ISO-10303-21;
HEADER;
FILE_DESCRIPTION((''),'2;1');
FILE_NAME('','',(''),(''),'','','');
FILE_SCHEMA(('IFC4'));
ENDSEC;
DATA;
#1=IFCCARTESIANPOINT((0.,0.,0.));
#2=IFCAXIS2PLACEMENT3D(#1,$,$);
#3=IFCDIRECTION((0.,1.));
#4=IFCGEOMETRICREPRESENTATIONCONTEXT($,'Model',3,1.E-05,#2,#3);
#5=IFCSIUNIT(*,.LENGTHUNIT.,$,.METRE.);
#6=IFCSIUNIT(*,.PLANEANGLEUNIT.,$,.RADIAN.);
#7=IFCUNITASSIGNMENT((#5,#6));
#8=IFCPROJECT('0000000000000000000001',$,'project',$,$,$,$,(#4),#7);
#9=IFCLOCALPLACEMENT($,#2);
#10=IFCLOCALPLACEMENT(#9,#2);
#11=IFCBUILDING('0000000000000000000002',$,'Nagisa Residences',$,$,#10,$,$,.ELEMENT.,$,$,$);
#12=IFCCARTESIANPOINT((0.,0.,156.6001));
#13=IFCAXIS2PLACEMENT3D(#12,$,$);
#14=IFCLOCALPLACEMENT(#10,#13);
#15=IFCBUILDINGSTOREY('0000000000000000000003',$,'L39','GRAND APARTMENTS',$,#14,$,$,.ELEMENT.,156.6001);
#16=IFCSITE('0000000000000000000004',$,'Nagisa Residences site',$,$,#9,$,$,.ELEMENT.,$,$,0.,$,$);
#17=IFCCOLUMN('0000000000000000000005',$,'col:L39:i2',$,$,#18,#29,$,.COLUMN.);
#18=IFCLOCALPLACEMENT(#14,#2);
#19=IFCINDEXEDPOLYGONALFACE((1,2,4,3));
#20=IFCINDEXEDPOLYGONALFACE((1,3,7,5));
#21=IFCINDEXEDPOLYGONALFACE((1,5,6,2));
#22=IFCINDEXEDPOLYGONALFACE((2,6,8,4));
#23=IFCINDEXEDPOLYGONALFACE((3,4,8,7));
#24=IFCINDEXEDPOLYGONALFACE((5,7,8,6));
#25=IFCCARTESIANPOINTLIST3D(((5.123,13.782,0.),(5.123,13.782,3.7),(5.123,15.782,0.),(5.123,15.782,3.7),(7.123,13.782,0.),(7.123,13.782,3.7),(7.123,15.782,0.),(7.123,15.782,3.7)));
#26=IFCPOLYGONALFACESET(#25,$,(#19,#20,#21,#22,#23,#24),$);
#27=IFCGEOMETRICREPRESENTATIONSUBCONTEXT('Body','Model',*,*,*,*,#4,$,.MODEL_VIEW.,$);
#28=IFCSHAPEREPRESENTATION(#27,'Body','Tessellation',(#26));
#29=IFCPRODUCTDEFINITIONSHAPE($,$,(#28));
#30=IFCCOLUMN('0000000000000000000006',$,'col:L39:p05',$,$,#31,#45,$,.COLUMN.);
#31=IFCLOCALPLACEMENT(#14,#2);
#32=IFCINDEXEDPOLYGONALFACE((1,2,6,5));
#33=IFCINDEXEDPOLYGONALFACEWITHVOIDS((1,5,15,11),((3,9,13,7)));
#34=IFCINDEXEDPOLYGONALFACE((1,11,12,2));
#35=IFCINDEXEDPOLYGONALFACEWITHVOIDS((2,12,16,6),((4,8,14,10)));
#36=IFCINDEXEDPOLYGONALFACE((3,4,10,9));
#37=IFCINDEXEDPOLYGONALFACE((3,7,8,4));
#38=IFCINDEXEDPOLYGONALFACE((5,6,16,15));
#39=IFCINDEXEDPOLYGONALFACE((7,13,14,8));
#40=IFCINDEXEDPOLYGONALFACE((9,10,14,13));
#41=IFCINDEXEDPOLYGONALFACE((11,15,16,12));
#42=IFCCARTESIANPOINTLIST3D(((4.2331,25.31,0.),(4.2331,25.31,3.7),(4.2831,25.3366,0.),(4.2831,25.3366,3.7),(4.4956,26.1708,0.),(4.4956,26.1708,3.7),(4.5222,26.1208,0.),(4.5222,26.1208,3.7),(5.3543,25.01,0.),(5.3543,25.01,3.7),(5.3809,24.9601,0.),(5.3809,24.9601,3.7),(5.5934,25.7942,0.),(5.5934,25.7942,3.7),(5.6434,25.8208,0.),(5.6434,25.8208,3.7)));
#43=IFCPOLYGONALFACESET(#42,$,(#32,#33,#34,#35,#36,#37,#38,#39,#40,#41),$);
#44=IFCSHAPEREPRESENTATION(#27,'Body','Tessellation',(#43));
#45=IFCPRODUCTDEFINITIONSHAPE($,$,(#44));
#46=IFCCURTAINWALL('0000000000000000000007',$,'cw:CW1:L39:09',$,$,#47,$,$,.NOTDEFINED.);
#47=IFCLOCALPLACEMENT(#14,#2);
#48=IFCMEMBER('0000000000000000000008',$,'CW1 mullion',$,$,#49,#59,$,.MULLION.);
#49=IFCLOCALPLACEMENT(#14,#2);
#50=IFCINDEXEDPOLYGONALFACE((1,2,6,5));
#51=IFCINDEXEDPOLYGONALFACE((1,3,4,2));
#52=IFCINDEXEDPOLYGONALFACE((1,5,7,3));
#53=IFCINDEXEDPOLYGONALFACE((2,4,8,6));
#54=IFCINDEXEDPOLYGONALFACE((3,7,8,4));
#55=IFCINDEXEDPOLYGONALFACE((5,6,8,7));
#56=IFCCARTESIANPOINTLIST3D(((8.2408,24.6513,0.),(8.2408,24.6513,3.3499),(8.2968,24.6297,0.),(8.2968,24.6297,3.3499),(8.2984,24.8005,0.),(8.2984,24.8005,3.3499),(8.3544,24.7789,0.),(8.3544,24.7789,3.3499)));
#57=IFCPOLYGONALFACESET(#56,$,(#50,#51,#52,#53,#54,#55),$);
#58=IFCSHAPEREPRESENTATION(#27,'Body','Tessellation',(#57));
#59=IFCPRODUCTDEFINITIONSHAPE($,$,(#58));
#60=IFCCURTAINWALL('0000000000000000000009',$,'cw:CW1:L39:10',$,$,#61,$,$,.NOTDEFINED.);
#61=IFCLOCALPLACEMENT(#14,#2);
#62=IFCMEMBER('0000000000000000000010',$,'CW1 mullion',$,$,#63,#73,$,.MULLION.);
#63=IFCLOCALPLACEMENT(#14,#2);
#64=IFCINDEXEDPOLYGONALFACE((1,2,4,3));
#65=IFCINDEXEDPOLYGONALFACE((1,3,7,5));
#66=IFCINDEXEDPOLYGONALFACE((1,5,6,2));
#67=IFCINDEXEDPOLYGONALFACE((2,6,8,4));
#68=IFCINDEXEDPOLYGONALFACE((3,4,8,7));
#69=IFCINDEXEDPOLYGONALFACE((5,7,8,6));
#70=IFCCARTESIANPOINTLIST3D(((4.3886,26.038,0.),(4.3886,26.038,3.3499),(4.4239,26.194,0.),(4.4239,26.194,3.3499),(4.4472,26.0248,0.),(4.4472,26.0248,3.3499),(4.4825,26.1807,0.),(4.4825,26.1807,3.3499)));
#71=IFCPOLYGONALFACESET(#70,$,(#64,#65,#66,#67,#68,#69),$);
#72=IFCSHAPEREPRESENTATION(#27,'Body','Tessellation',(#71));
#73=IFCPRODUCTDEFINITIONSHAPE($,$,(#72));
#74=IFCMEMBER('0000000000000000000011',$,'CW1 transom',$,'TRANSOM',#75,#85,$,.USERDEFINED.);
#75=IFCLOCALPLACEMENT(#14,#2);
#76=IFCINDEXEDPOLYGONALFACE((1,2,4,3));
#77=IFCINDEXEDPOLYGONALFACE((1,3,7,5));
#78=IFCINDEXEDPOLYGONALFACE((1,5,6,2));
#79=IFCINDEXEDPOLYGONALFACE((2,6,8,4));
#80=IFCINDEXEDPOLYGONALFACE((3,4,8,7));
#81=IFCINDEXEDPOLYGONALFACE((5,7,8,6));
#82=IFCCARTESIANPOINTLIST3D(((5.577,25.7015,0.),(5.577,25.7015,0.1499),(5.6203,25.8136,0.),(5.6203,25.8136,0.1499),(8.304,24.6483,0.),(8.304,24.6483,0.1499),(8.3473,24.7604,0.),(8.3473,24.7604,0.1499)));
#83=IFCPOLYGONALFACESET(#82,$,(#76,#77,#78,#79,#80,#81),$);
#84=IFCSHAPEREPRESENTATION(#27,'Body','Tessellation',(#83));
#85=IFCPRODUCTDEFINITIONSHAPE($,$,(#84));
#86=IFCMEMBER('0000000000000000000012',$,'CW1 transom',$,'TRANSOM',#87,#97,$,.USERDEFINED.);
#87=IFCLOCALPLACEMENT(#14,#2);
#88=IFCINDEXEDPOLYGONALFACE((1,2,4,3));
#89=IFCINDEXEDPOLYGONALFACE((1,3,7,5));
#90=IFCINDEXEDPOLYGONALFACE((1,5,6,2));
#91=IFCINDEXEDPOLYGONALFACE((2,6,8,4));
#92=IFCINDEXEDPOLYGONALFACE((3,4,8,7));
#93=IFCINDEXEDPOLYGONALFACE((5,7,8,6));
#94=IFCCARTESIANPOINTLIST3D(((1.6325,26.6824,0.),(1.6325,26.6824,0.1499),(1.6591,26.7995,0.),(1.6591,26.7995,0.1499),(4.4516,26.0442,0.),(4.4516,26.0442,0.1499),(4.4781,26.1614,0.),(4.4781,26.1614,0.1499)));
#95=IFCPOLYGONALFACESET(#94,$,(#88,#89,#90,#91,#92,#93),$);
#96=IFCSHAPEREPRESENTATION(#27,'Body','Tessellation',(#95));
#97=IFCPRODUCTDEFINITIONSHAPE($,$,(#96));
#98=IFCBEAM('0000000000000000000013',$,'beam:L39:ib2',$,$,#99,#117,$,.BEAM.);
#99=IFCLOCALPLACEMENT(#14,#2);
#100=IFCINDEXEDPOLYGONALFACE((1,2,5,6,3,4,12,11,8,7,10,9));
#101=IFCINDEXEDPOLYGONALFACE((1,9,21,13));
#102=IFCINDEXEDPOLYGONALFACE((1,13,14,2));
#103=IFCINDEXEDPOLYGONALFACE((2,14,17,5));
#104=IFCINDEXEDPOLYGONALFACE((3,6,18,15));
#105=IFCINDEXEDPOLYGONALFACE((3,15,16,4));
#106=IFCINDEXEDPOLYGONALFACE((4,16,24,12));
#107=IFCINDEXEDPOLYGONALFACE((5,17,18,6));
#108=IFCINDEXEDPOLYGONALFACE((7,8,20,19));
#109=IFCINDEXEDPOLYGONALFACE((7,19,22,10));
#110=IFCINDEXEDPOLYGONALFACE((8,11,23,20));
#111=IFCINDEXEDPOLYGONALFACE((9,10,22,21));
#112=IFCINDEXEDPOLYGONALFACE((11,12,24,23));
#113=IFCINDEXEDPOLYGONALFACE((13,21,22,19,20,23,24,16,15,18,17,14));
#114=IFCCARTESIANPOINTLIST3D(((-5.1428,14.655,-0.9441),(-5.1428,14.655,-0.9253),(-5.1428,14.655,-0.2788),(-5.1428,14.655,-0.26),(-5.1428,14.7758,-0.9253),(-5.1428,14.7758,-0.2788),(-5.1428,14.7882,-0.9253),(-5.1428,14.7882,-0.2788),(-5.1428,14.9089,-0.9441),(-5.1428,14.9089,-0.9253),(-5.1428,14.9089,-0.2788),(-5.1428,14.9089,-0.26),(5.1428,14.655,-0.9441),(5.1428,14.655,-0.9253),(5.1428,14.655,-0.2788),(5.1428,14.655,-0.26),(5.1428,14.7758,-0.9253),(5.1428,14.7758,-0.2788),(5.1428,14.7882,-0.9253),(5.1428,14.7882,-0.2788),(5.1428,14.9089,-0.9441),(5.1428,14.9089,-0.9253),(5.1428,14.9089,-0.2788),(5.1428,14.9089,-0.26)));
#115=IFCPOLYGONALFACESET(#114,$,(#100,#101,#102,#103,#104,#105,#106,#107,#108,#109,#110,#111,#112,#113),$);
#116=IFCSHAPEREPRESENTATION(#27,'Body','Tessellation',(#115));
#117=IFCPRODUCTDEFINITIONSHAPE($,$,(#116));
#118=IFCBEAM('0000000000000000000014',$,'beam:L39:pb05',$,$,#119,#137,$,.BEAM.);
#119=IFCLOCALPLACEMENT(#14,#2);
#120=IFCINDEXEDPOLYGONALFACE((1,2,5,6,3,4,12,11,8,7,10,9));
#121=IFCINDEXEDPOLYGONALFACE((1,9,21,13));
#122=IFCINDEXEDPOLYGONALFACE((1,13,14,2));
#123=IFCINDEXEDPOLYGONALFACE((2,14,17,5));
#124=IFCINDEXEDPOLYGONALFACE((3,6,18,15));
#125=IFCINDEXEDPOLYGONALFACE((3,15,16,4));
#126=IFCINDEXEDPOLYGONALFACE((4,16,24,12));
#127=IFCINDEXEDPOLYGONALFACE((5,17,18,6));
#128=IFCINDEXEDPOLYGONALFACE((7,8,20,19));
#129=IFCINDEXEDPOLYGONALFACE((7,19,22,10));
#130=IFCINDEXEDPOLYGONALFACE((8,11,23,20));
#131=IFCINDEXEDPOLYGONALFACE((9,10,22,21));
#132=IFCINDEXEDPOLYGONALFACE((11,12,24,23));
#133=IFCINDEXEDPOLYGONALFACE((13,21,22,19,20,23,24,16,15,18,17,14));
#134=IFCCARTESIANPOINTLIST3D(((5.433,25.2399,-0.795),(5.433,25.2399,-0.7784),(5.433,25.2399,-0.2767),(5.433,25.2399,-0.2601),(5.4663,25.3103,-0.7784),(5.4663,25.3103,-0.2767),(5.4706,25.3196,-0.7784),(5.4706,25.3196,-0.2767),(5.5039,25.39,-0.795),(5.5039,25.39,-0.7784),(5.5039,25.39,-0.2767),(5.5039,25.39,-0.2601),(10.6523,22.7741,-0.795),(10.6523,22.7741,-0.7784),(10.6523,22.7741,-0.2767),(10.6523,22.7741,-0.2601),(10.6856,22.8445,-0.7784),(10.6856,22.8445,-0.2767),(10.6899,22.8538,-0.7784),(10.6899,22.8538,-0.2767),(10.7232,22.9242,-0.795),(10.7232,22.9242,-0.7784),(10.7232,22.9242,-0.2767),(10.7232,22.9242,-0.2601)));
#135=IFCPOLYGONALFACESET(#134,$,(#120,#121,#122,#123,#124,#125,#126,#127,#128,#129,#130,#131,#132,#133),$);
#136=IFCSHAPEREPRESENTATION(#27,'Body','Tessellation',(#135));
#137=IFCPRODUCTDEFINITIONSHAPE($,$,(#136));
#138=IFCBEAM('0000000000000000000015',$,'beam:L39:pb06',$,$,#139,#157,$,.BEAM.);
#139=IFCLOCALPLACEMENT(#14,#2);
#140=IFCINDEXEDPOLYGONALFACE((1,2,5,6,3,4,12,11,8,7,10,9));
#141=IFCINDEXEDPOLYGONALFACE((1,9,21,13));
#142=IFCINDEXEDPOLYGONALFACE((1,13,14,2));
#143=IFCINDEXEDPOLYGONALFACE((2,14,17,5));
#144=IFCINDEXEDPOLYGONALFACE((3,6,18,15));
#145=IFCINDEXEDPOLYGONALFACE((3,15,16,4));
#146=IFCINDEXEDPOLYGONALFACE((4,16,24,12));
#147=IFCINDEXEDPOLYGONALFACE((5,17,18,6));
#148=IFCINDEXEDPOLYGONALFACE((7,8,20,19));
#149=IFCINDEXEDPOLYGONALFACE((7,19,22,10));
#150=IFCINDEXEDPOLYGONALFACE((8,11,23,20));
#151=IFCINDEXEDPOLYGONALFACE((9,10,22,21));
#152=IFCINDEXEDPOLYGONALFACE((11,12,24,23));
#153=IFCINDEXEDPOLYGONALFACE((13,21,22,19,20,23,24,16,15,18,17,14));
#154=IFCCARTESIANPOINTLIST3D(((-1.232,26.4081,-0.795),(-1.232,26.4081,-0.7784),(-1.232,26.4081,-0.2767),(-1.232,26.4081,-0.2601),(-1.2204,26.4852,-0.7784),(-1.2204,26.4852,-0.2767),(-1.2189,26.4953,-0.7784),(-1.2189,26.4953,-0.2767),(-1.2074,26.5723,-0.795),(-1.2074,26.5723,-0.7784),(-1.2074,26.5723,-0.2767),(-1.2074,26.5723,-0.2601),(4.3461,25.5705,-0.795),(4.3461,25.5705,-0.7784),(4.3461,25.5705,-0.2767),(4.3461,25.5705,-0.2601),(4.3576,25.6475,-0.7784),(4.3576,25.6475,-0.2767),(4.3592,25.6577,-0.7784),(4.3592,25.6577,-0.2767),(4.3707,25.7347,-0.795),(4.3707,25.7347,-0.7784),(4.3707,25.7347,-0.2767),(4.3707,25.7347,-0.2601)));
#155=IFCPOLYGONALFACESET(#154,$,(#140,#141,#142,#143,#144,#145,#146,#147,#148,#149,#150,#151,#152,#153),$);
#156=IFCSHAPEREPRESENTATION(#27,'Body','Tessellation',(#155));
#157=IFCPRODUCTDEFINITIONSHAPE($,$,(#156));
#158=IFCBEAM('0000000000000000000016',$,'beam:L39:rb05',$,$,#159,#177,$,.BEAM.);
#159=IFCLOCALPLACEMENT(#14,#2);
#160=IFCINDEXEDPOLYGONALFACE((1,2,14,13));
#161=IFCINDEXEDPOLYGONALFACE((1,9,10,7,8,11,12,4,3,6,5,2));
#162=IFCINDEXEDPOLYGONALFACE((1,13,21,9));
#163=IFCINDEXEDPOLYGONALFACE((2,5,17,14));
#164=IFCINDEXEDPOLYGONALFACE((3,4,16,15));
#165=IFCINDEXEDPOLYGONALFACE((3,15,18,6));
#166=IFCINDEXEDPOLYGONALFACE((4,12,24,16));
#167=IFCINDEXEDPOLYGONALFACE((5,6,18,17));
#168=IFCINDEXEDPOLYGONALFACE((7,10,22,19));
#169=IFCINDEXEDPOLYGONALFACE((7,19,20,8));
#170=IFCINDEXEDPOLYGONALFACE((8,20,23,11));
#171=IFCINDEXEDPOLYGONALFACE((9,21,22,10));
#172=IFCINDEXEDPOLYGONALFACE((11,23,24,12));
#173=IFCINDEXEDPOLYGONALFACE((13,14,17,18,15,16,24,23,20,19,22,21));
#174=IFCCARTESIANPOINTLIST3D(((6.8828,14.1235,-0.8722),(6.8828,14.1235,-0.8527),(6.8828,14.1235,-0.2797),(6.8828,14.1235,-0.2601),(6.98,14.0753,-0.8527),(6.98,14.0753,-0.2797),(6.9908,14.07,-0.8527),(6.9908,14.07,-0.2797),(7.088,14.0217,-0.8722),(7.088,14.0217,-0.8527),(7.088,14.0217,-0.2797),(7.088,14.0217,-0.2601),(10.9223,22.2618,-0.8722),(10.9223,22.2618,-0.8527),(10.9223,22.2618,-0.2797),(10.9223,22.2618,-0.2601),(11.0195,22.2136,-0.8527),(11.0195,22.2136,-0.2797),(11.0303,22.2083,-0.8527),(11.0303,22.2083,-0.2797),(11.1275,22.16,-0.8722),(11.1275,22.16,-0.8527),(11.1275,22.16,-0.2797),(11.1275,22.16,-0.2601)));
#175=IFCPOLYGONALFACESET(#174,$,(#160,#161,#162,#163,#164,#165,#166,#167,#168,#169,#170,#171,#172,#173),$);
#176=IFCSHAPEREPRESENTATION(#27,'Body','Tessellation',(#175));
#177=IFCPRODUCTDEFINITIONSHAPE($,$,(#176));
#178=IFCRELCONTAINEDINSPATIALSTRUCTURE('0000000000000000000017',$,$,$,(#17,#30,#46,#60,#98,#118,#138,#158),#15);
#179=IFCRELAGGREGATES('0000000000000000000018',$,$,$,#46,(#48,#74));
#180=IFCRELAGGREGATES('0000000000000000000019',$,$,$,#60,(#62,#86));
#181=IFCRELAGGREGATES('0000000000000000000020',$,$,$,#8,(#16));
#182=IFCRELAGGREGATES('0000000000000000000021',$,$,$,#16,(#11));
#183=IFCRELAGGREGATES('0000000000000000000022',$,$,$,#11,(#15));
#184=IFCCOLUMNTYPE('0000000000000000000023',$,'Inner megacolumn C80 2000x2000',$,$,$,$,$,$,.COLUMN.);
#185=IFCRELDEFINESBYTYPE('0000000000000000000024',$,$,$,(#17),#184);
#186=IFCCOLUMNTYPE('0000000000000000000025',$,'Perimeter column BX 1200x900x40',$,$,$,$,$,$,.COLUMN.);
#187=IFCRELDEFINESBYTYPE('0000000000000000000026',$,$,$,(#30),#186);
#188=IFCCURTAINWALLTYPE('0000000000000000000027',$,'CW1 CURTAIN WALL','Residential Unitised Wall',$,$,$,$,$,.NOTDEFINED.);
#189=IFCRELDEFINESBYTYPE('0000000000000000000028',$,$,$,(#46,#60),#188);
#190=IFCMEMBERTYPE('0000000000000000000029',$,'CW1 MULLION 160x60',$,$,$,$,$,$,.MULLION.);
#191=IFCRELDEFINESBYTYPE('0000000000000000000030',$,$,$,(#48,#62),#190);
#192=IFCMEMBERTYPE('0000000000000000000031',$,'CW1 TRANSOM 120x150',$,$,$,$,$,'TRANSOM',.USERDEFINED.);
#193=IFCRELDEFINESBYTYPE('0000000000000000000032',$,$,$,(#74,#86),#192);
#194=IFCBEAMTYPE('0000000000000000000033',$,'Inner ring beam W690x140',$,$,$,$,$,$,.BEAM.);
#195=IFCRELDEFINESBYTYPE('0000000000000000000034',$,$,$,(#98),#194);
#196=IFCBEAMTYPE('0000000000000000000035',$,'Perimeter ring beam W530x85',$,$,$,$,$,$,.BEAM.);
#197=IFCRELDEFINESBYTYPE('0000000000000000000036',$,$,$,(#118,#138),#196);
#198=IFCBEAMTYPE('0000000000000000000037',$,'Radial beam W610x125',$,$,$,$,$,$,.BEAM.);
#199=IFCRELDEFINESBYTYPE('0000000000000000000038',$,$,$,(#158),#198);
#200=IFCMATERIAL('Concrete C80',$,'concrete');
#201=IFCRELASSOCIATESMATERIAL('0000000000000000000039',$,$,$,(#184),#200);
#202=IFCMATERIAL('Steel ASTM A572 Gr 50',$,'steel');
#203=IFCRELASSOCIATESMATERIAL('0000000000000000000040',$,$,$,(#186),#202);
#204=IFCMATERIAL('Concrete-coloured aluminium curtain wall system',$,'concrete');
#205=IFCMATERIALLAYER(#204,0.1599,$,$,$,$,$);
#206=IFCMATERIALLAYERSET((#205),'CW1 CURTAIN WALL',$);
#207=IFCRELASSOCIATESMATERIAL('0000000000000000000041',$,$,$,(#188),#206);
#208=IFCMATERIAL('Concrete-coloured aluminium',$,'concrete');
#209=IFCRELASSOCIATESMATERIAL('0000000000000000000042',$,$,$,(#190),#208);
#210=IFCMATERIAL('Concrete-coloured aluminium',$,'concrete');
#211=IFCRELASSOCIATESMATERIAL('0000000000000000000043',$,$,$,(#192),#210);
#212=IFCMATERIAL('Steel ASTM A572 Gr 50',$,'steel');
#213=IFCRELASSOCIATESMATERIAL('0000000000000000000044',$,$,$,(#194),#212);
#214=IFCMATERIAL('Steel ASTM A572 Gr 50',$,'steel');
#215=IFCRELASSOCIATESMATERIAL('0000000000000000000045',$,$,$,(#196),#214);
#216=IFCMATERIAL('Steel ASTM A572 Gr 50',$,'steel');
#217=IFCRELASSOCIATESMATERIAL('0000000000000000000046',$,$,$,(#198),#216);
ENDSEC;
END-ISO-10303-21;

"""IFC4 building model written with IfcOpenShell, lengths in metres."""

from ifc_helpers import new_model, si_unit, direction, frame, origin, origin_2d, place, context, subcontext, project, spatial, rectangle, hollow_rectangle, i_section, extrude, material, layer, layer_set, material_profile, profile_set, type_object, element, aggregate, save


model = new_model("IFC4")

# Units and contexts
model_context = context("Model", 3, precision=1e-05, world=origin(), true_north=direction((0.0, 1.0)))
body_context = subcontext(model_context, "Body", "Model", "MODEL_VIEW")
ifc_project = project(units=[si_unit("LENGTHUNIT", "METRE"), si_unit("PLANEANGLEUNIT", "RADIAN")], contexts=[model_context])

# Site, building, storey
site_placement = place(None, origin())
site = spatial("IfcSite", under=ifc_project, at=site_placement, Name="Nagisa Residences site", CompositionType="ELEMENT", RefElevation=0.0)
building_placement = place(site_placement, origin())
building = spatial("IfcBuilding", under=site, at=building_placement, Name="Nagisa Residences", CompositionType="ELEMENT")
storey_placement = place(building_placement, frame((0.0, 0.0, 156.6001)))
storey = spatial("IfcBuildingStorey", under=building, at=storey_placement, Name="L39", Description="GRAND APARTMENTS", CompositionType="ELEMENT", Elevation=156.6001)

# Columns
ifc_material_1 = material(Name="Concrete C80", Category="concrete")
ifc_material_profile_1 = material_profile(ifc_material_1, rectangle(XDim=2.0, YDim=2.0, at=origin_2d()), Name="C80 2000x2000")
ifc_profile_set_1 = profile_set([ifc_material_profile_1], Name="Concrete C80")
column_type_1 = type_object("IfcColumnType", Name="Inner megacolumn C80 2000x2000", PredefinedType="COLUMN", material=ifc_profile_set_1)
column_1_placement = place(storey_placement, frame((6.123, 14.782, 0.0), z_axis=(0.0, 0.0, 1.0), x_axis=(1.0, 0.0, 0.0)))
element("IfcColumn", 1, at=column_1_placement, inside=storey, type_object=column_type_1, Name="col:L39:i2", PredefinedType="COLUMN", context=body_context, shape_type="SweptSolid", body=[
    extrude(rectangle(XDim=2.0, YDim=2.0, at=origin_2d()), origin(), (0.0, 0.0, 1.0), 3.7),
])
ifc_material_2 = material(Name="Steel ASTM A572 Gr 50", Category="steel")
ifc_material_profile_2 = material_profile(ifc_material_2, hollow_rectangle(XDim=1.2, YDim=0.8999, WallThickness=0.04, at=origin_2d()), Name="BX 1200x900x40")
ifc_profile_set_2 = profile_set([ifc_material_profile_2], Name="Steel ASTM A572 Gr 50")
column_type_2 = type_object("IfcColumnType", Name="Perimeter column BX 1200x900x40", PredefinedType="COLUMN", material=ifc_profile_set_2)
column_2_placement = place(storey_placement, frame((4.9382, 25.5654, 0.0), z_axis=(0.0, 0.0, 1.0), x_axis=(-0.956525, 0.291652, 0.0)))
element("IfcColumn", 2, at=column_2_placement, inside=storey, type_object=column_type_2, Name="col:L39:p05", PredefinedType="COLUMN", context=body_context, shape_type="SweptSolid", body=[
    extrude(hollow_rectangle(XDim=1.2, YDim=0.8999, WallThickness=0.04, at=origin_2d()), origin(), (0.0, 0.0, 1.0), 3.7),
])

# Curtain walls, members
ifc_material_3 = material(Name="Concrete-coloured aluminium curtain wall system", Category="concrete")
ifc_layer_1 = layer(ifc_material_3, 0.1599)
ifc_layer_set_1 = layer_set([ifc_layer_1], Name="CW1 CURTAIN WALL")
curtain_wall_type = type_object("IfcCurtainWallType", Name="CW1 CURTAIN WALL", Description="Residential Unitised Wall", PredefinedType="NOTDEFINED", material=ifc_layer_set_1)
curtain_wall_1_placement = place(storey_placement, origin())
curtain_wall_1 = element("IfcCurtainWall", 3, at=curtain_wall_1_placement, inside=storey, type_object=curtain_wall_type, Name="cw:CW1:L39:09", PredefinedType="NOTDEFINED")
ifc_material_4 = material(Name="Concrete-coloured aluminium", Category="concrete")
ifc_material_profile_3 = material_profile(ifc_material_4, rectangle(XDim=0.1599, YDim=0.0601, at=origin_2d()), Name="CW1 MULLION 160x60")
ifc_profile_set_3 = profile_set([ifc_material_profile_3], Name="Concrete-coloured aluminium")
member_type_1 = type_object("IfcMemberType", Name="CW1 MULLION 160x60", PredefinedType="MULLION", material=ifc_profile_set_3)
member_1_placement = place(storey_placement, frame((8.2976, 24.7151, 0.0), z_axis=(0.0, 0.0, 1.0), x_axis=(-0.360328, -0.932826, 0.0)))
member_1 = element("IfcMember", 4, at=member_1_placement, type_object=member_type_1, Name="CW1 mullion", PredefinedType="MULLION", context=body_context, shape_type="SweptSolid", body=[
    extrude(rectangle(XDim=0.1599, YDim=0.0601, at=origin_2d()), origin(), (0.0, 0.0, 1.0), 3.3499),
])
curtain_wall_2_placement = place(storey_placement, origin())
curtain_wall_2 = element("IfcCurtainWall", 5, at=curtain_wall_2_placement, inside=storey, type_object=curtain_wall_type, Name="cw:CW1:L39:10", PredefinedType="NOTDEFINED")
member_2_placement = place(storey_placement, frame((4.4355, 26.1094, 0.0), z_axis=(0.0, 0.0, 1.0), x_axis=(-0.220764, -0.975327, 0.0)))
member_2 = element("IfcMember", 6, at=member_2_placement, type_object=member_type_1, Name="CW1 mullion", PredefinedType="MULLION", context=body_context, shape_type="SweptSolid", body=[
    extrude(rectangle(XDim=0.1599, YDim=0.0601, at=origin_2d()), origin(), (0.0, 0.0, 1.0), 3.3499),
])

# Members
ifc_material_5 = material(Name="Concrete-coloured aluminium", Category="concrete")
ifc_material_profile_4 = material_profile(ifc_material_5, rectangle(XDim=0.1201, YDim=0.1499, at=origin_2d()), Name="CW1 TRANSOM 120x150")
ifc_profile_set_4 = profile_set([ifc_material_profile_4], Name="Concrete-coloured aluminium")
member_type_2 = type_object("IfcMemberType", Name="CW1 TRANSOM 120x150", ElementType="TRANSOM", PredefinedType="USERDEFINED", material=ifc_profile_set_4)
member_3_placement = place(storey_placement, frame((8.3257, 24.7043, 0.075), z_axis=(-0.932845, 0.360277, 0.0), x_axis=(-0.360277, -0.932845, 0.0)))
member_3 = element("IfcMember", 7, at=member_3_placement, type_object=member_type_2, Name="CW1 transom", ObjectType="TRANSOM", PredefinedType="USERDEFINED", context=body_context, shape_type="SweptSolid", body=[
    extrude(rectangle(XDim=0.1201, YDim=0.1499, at=origin_2d()), origin(), (0.0, 0.0, 1.0), 2.9233),
])
member_4_placement = place(storey_placement, frame((4.4648, 26.1028, 0.075), z_axis=(-0.975321, 0.220792, 0.0), x_axis=(-0.220792, -0.975321, 0.0)))
member_4 = element("IfcMember", 8, at=member_4_placement, type_object=member_type_2, Name="CW1 transom", ObjectType="TRANSOM", PredefinedType="USERDEFINED", context=body_context, shape_type="SweptSolid", body=[
    extrude(rectangle(XDim=0.1201, YDim=0.1499, at=origin_2d()), origin(), (0.0, 0.0, 1.0), 2.8904),
])

# Beams
ifc_material_6 = material(Name="Steel ASTM A572 Gr 50", Category="steel")
ifc_material_profile_5 = material_profile(ifc_material_6, i_section(OverallWidth=0.2539, OverallDepth=0.6841, WebThickness=0.0125, FlangeThickness=0.0188, at=origin_2d()), Name="W690x140")
ifc_profile_set_5 = profile_set([ifc_material_profile_5], Name="Steel ASTM A572 Gr 50")
beam_type_1 = type_object("IfcBeamType", Name="Inner ring beam W690x140", PredefinedType="BEAM", material=ifc_profile_set_5)
beam_1_placement = place(storey_placement, frame((5.1428, 14.782, -0.6021), z_axis=(-1.0, 0.0, 0.0), x_axis=(0.0, -1.0, 0.0)))
element("IfcBeam", 9, at=beam_1_placement, inside=storey, type_object=beam_type_1, Name="beam:L39:ib2", PredefinedType="BEAM", context=body_context, shape_type="SweptSolid", body=[
    extrude(i_section(OverallWidth=0.2539, OverallDepth=0.6841, WebThickness=0.0125, FlangeThickness=0.0188, at=origin_2d()), origin(), (0.0, 0.0, 1.0), 10.2856),
])
ifc_material_7 = material(Name="Steel ASTM A572 Gr 50", Category="steel")
ifc_material_profile_6 = material_profile(ifc_material_7, i_section(OverallWidth=0.166, OverallDepth=0.5349, WebThickness=0.0103, FlangeThickness=0.0166, at=origin_2d()), Name="W530x85")
ifc_profile_set_6 = profile_set([ifc_material_profile_6], Name="Steel ASTM A572 Gr 50")
beam_type_2 = type_object("IfcBeamType", Name="Perimeter ring beam W530x85", PredefinedType="BEAM", material=ifc_profile_set_6)
beam_2_placement = place(storey_placement, frame((10.6877, 22.8491, -0.5276), z_axis=(-0.90417, 0.427173, 0.0), x_axis=(-0.427173, -0.90417, 0.0)))
element("IfcBeam", 10, at=beam_2_placement, inside=storey, type_object=beam_type_2, Name="beam:L39:pb05", PredefinedType="BEAM", context=body_context, shape_type="SweptSolid", body=[
    extrude(i_section(OverallWidth=0.166, OverallDepth=0.5349, WebThickness=0.0103, FlangeThickness=0.0166, at=origin_2d()), origin(), (0.0, 0.0, 1.0), 5.7725),
])
beam_3_placement = place(storey_placement, frame((4.3584, 25.6526, -0.5276), z_axis=(-0.988912, 0.148501, 0.0), x_axis=(-0.148501, -0.988912, 0.0)))
element("IfcBeam", 11, at=beam_3_placement, inside=storey, type_object=beam_type_2, Name="beam:L39:pb06", PredefinedType="BEAM", context=body_context, shape_type="SweptSolid", body=[
    extrude(i_section(OverallWidth=0.166, OverallDepth=0.5349, WebThickness=0.0103, FlangeThickness=0.0166, at=origin_2d()), origin(), (0.0, 0.0, 1.0), 5.6406),
])
ifc_material_8 = material(Name="Steel ASTM A572 Gr 50", Category="steel")
ifc_material_profile_7 = material_profile(ifc_material_8, i_section(OverallWidth=0.229, OverallDepth=0.6121, WebThickness=0.012, FlangeThickness=0.0195, at=origin_2d()), Name="W610x125")
ifc_profile_set_7 = profile_set([ifc_material_profile_7], Name="Steel ASTM A572 Gr 50")
beam_type_3 = type_object("IfcBeamType", Name="Radial beam W610x125", PredefinedType="BEAM", material=ifc_profile_set_7)
beam_4_placement = place(storey_placement, frame((11.0249, 22.2109, -0.5662), z_axis=(-0.4446, -0.895729, 0.0), x_axis=(0.895729, -0.4446, 0.0)))
element("IfcBeam", 12, at=beam_4_placement, inside=storey, type_object=beam_type_3, Name="beam:L39:rb05", PredefinedType="BEAM", context=body_context, shape_type="SweptSolid", body=[
    extrude(i_section(OverallWidth=0.229, OverallDepth=0.6121, WebThickness=0.012, FlangeThickness=0.0195, at=origin_2d()), origin(), (0.0, 0.0, 1.0), 9.0857),
])

aggregate(curtain_wall_1, [member_1, member_3])
aggregate(curtain_wall_2, [member_2, member_4])

save(model, "model.ifc")
